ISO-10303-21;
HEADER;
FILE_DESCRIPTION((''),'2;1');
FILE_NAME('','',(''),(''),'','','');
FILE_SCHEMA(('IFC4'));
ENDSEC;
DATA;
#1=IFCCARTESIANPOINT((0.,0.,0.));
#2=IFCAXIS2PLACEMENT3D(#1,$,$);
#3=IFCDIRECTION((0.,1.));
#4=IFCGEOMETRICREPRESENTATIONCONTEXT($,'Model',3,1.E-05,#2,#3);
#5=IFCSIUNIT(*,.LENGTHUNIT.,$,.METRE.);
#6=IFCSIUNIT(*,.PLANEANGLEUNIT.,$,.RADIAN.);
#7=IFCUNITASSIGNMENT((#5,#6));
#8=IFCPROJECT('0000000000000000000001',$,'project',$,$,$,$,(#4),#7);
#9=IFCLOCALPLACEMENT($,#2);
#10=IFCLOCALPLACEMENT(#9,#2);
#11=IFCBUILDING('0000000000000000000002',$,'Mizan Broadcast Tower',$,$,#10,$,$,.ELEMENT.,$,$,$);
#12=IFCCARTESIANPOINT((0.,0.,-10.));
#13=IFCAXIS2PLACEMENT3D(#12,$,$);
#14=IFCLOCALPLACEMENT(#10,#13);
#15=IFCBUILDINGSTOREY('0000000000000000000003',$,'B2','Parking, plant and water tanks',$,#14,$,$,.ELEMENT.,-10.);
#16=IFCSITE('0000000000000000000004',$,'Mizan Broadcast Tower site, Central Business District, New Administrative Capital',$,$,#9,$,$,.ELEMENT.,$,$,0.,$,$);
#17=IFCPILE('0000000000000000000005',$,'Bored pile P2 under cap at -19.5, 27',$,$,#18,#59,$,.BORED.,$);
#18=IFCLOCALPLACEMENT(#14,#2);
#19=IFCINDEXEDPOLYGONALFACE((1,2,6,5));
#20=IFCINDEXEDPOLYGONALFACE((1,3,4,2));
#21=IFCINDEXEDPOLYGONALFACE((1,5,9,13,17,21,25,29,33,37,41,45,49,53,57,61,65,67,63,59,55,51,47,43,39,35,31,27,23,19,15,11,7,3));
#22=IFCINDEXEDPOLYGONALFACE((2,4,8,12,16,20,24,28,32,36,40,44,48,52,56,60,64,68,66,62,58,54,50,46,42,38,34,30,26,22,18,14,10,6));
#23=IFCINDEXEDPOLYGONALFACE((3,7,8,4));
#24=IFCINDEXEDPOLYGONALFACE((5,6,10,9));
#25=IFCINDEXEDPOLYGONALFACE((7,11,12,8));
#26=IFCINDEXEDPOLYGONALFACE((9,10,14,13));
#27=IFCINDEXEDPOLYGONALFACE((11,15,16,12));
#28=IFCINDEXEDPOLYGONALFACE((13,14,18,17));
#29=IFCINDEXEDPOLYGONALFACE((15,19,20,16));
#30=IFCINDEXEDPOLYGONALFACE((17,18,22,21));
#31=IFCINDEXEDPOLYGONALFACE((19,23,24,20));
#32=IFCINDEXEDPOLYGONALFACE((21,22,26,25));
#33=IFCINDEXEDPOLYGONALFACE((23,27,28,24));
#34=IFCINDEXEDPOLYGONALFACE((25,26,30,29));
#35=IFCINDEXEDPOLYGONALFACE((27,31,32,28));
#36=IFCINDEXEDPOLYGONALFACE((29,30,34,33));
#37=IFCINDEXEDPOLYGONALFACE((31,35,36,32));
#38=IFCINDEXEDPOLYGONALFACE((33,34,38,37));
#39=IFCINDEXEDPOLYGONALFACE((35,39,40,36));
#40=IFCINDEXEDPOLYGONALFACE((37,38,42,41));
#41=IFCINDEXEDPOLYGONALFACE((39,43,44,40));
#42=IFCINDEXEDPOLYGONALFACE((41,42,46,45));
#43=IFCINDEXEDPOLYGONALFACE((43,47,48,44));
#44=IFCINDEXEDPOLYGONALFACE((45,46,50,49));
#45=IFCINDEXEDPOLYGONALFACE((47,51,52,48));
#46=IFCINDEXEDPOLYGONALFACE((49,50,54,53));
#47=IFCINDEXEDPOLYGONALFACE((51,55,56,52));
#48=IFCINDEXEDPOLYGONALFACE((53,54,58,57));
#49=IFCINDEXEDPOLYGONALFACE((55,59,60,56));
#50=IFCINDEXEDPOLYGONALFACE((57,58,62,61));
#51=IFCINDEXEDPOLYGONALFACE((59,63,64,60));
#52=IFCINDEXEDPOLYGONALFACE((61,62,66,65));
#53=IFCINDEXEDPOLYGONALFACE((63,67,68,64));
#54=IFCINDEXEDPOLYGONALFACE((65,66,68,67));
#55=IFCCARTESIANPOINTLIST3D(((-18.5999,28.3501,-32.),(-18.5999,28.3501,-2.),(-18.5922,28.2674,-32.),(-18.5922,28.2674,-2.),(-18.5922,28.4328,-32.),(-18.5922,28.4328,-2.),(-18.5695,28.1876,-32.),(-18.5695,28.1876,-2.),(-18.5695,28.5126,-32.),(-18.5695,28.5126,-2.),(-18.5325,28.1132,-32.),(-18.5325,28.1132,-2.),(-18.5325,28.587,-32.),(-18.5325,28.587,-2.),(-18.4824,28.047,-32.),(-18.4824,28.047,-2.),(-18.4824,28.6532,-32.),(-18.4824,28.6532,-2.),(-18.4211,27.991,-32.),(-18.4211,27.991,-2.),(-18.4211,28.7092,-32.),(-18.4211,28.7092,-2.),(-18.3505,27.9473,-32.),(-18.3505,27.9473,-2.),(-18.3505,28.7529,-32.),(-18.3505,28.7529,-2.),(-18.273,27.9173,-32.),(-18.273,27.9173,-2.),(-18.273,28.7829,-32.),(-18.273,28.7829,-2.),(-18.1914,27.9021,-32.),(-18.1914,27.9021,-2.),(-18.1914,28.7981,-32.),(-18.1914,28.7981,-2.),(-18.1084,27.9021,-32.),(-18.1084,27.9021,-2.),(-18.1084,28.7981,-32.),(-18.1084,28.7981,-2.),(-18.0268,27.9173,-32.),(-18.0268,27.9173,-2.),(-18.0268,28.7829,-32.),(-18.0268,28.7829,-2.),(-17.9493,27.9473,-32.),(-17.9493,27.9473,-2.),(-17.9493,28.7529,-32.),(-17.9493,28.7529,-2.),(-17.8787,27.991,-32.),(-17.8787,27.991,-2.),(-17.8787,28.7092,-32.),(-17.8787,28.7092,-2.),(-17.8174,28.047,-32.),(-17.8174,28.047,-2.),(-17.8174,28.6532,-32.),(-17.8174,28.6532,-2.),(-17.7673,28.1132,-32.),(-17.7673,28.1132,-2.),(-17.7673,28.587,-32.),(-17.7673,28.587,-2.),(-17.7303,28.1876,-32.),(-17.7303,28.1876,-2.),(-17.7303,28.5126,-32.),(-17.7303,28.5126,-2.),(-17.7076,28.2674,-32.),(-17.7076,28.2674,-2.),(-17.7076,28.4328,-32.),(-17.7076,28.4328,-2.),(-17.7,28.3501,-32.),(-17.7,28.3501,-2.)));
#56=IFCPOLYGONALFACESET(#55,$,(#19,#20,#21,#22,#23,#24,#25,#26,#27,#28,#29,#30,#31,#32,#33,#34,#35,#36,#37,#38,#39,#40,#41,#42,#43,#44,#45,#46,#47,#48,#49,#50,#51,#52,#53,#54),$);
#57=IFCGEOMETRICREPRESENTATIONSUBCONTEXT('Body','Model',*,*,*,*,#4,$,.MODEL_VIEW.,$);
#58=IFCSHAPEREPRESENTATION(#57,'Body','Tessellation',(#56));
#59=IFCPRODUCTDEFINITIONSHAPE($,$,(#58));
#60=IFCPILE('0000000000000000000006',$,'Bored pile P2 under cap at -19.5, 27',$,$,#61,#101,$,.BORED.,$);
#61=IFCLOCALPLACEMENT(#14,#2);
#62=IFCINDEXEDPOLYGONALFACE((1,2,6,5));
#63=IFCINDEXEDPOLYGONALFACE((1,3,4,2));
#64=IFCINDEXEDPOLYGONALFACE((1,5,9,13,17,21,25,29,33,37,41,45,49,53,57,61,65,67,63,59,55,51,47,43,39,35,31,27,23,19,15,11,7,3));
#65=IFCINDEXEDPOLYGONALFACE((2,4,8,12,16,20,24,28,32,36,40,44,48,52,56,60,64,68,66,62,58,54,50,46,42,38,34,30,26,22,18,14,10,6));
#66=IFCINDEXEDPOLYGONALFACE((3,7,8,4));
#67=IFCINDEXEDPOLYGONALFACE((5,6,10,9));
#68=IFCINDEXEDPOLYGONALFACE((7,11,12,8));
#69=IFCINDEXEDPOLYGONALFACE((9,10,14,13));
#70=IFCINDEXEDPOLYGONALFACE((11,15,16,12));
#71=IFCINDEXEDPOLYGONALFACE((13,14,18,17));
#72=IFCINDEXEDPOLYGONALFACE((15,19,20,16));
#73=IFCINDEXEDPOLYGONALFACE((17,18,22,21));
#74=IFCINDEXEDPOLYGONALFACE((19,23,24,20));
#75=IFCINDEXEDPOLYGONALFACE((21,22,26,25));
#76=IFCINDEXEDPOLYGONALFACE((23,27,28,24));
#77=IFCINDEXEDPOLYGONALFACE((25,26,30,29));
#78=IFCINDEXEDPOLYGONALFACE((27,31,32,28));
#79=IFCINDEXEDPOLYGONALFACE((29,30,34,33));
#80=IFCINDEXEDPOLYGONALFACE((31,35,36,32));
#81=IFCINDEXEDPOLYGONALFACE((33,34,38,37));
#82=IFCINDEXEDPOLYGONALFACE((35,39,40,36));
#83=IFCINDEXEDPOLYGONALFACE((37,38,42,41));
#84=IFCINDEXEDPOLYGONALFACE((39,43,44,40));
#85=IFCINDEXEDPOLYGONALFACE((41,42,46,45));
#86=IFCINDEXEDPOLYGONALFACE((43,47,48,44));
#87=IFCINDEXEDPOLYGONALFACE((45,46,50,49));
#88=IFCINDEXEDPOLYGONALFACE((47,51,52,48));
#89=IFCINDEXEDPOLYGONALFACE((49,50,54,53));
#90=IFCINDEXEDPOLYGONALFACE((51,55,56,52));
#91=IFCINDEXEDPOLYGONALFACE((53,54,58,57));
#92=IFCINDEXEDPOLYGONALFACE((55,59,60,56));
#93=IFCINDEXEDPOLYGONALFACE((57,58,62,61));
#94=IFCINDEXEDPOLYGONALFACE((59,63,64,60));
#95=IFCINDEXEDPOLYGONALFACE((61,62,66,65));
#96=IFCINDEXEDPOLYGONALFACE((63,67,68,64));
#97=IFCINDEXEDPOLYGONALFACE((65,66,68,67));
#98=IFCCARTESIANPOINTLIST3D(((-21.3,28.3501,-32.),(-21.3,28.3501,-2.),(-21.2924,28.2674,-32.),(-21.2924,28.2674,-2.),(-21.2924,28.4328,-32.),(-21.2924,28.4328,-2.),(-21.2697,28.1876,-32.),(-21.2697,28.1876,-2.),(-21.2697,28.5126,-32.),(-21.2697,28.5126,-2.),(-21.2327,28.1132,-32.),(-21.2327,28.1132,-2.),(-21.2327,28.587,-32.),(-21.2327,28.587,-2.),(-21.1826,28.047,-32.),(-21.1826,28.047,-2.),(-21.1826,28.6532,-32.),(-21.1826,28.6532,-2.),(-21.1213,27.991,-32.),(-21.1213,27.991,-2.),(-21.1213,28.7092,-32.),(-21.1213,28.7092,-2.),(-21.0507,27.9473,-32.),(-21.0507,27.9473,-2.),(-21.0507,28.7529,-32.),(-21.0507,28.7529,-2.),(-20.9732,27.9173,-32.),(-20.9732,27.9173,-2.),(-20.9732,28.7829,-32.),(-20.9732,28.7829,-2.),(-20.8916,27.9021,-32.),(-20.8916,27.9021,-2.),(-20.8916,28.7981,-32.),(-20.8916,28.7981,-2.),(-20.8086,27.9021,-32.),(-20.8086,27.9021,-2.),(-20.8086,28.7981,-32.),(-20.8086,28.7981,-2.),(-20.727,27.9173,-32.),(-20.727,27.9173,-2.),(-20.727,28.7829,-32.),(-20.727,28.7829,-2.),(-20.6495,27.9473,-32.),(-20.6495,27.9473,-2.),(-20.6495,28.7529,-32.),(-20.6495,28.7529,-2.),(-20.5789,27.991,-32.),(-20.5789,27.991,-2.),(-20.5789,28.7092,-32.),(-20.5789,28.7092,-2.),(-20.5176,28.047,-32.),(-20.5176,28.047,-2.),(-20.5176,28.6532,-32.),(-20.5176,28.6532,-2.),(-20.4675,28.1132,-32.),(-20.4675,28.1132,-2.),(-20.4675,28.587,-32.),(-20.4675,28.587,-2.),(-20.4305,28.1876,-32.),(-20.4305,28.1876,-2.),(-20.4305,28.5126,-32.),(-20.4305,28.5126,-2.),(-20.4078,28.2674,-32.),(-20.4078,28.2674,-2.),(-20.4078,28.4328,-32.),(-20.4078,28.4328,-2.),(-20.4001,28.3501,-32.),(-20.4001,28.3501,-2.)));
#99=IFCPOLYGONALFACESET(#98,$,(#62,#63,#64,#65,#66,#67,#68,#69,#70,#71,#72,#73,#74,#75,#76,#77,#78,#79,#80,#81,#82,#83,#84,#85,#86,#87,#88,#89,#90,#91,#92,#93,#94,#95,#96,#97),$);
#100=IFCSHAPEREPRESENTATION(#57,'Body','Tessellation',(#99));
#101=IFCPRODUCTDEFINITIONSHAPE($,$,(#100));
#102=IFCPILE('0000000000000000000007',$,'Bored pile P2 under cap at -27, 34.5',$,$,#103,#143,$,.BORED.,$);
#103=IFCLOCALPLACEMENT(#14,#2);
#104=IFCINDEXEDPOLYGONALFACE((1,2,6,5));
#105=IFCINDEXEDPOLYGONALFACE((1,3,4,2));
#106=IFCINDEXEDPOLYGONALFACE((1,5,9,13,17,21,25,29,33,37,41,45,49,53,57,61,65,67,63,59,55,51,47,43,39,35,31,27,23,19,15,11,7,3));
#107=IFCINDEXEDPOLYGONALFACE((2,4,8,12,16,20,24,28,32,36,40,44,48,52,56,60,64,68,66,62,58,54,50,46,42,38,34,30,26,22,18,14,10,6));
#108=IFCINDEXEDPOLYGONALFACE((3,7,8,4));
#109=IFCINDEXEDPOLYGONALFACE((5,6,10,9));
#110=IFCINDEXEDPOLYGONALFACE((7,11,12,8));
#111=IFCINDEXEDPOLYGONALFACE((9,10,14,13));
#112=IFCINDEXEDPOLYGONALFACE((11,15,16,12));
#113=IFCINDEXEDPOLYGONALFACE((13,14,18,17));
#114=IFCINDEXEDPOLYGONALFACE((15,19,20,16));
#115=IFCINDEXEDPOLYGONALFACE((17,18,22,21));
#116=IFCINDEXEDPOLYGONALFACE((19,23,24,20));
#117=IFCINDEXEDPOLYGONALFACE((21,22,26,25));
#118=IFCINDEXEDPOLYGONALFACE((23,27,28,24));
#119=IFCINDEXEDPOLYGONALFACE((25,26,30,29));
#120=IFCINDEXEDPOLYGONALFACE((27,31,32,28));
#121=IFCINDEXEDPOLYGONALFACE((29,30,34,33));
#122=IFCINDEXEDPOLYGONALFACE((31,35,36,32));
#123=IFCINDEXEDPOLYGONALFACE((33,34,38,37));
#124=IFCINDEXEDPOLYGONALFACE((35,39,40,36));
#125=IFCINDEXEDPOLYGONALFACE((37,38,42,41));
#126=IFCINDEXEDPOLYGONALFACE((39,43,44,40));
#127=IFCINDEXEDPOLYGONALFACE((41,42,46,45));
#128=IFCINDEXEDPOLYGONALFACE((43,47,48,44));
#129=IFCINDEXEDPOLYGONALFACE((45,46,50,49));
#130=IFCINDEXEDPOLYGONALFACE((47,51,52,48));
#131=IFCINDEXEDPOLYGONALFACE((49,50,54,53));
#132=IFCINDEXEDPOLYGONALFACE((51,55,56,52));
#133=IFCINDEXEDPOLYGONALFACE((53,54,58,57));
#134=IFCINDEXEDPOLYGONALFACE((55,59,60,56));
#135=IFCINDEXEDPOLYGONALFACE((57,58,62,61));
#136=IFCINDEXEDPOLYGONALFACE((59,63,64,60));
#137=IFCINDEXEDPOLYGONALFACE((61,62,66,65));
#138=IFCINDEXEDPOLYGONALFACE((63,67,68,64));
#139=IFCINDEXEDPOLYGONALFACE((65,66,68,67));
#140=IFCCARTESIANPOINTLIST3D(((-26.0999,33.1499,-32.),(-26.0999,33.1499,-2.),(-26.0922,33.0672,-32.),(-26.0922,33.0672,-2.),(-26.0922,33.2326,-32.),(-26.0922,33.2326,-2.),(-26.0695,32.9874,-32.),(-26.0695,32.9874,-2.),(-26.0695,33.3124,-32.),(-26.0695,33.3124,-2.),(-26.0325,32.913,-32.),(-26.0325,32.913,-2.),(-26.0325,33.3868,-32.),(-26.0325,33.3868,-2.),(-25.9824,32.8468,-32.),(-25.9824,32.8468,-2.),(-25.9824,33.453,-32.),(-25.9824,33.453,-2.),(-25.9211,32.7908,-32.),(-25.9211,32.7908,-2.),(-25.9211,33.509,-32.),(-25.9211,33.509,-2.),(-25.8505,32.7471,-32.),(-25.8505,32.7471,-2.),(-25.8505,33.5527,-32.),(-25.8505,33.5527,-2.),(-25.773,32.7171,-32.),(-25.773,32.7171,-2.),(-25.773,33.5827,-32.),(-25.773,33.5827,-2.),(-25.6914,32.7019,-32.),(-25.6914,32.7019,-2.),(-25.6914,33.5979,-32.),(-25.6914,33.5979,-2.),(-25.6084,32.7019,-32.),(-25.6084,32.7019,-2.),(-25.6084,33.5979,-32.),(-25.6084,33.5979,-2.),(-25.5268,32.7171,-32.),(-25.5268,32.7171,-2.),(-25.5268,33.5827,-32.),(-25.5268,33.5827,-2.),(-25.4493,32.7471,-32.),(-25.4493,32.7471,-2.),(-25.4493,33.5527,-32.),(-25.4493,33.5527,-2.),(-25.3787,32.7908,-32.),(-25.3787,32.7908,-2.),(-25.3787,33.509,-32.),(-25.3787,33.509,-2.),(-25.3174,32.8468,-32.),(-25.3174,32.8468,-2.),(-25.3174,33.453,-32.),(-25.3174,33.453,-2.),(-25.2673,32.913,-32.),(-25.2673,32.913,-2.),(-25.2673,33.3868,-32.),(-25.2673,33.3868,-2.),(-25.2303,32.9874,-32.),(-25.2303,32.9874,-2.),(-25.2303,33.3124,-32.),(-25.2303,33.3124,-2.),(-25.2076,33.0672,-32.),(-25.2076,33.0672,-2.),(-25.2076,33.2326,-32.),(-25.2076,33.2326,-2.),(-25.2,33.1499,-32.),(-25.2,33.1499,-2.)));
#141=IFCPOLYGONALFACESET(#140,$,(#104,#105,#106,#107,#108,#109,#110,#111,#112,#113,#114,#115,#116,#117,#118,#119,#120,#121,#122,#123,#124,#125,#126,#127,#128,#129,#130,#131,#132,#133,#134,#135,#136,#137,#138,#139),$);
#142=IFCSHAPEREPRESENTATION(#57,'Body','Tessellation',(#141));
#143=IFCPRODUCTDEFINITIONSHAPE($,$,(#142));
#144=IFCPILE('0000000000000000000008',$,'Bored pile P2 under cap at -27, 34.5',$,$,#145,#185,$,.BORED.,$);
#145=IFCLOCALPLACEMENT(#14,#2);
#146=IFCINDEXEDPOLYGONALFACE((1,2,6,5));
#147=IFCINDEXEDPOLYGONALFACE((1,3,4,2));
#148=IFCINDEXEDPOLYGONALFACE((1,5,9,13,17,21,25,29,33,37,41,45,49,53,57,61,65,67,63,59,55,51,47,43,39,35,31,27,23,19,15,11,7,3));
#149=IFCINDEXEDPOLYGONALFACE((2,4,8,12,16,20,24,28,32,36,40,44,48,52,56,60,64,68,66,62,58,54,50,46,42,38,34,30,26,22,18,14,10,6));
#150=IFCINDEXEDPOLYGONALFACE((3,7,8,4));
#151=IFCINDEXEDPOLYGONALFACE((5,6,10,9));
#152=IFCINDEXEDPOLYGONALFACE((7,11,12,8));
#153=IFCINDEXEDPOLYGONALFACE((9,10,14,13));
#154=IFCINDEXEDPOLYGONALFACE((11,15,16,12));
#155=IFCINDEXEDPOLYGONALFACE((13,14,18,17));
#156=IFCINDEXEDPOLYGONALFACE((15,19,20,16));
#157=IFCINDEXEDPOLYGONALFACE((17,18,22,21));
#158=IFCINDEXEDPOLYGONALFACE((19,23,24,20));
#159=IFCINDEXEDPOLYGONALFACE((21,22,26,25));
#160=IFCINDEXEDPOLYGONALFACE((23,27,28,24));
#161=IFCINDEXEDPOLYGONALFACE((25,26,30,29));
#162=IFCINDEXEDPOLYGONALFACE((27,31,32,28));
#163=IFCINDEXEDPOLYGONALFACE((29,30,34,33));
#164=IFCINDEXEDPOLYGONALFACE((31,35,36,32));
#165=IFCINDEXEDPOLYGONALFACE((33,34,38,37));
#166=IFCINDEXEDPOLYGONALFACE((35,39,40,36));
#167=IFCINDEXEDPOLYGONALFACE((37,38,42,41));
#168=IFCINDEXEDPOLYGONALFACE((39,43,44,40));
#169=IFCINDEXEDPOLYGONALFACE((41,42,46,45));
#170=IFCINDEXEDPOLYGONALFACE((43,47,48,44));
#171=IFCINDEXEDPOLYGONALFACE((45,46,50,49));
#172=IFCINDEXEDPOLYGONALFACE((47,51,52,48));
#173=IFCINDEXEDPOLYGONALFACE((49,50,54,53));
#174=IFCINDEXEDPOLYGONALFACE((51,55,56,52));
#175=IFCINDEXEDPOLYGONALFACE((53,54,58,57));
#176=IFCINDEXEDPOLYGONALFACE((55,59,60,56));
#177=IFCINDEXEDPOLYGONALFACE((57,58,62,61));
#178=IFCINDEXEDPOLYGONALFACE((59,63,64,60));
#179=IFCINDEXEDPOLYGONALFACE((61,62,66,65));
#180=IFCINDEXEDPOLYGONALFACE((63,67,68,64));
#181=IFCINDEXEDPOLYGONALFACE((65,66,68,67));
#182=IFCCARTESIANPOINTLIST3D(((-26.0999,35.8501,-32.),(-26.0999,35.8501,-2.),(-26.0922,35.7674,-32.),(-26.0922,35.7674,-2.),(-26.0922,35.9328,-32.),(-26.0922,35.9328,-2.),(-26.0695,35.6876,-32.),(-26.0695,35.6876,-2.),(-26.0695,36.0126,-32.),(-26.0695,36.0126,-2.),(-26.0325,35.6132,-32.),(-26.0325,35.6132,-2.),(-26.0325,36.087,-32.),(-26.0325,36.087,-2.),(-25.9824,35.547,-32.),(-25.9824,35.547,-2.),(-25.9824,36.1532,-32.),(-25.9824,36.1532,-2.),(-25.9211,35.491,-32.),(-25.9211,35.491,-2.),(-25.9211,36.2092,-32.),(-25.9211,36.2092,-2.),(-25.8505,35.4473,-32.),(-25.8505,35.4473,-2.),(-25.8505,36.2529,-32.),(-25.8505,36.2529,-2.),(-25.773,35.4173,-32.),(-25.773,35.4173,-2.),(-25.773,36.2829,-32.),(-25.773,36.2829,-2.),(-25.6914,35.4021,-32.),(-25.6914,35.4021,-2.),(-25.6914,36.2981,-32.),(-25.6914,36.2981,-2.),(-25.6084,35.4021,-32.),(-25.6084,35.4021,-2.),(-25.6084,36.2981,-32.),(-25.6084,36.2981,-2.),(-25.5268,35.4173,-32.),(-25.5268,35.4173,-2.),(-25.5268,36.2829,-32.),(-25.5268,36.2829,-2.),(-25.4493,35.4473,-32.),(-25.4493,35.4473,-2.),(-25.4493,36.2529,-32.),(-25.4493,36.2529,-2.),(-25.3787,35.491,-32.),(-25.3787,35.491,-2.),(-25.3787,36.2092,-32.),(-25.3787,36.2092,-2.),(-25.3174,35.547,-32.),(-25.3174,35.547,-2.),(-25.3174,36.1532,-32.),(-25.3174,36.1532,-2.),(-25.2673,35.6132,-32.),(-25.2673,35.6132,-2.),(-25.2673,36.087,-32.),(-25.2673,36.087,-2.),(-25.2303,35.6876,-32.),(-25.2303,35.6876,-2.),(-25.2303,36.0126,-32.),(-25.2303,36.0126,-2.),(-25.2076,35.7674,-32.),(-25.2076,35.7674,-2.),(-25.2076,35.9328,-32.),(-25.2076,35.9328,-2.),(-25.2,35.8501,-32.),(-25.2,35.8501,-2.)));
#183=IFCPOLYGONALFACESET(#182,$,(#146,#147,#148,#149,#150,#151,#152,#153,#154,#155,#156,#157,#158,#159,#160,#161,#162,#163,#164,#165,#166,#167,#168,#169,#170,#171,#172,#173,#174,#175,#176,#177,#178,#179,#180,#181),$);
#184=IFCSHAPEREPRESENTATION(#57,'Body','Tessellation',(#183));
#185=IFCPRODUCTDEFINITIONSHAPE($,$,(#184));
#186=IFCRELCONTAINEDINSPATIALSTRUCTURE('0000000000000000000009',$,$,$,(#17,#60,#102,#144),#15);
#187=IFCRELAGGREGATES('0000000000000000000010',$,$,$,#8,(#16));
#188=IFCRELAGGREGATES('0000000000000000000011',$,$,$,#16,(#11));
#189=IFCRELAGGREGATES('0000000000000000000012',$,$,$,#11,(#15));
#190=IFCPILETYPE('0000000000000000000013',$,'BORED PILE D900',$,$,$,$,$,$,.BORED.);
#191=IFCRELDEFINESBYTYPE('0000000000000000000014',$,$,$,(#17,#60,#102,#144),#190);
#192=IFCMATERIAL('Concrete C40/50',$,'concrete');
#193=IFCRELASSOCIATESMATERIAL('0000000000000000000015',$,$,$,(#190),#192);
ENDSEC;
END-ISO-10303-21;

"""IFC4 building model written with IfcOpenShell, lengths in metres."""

from ifc_helpers import new_model, si_unit, direction, frame, origin, origin_2d, place, context, subcontext, project, spatial, circle, extrude, material, material_profile, profile_set, type_object, element, save


model = new_model("IFC4")

# Units and contexts
model_context = context("Model", 3, precision=1e-05, world=origin(), true_north=direction((0.0, 1.0)))
body_context = subcontext(model_context, "Body", "Model", "MODEL_VIEW")
ifc_project = project(units=[si_unit("LENGTHUNIT", "METRE"), si_unit("PLANEANGLEUNIT", "RADIAN")], contexts=[model_context])

# Site, building, storey
site_placement = place(None, origin())
site = spatial("IfcSite", under=ifc_project, at=site_placement, Name="Mizan Broadcast Tower site, Central Business District, New Administrative Capital", CompositionType="ELEMENT", RefElevation=0.0)
building_placement = place(site_placement, origin())
building = spatial("IfcBuilding", under=site, at=building_placement, Name="Mizan Broadcast Tower", CompositionType="ELEMENT")
storey_placement = place(building_placement, frame((0.0, 0.0, -10.0)))
storey = spatial("IfcBuildingStorey", under=building, at=storey_placement, Name="B2", Description="Parking, plant and water tanks", CompositionType="ELEMENT", Elevation=-10.0)

# Piles
ifc_material_1 = material(Name="Concrete C40/50", Category="concrete")
ifc_material_profile_1 = material_profile(ifc_material_1, circle(Radius=0.45, at=origin_2d()), Name="D900")
ifc_profile_set_1 = profile_set([ifc_material_profile_1], Name="Concrete C40/50")
pile_type = type_object("IfcPileType", Name="BORED PILE D900", PredefinedType="BORED", material=ifc_profile_set_1)
for number, where, z_axis, x_axis, name in (
    (1, (-18.1499, 28.3501, -2.0), (0.0, 0.0, -1.0), (1.0, 0.0, 0.0), "Bored pile P2 under cap at -19.5, 27"),
    (2, (-20.8501, 28.3501, -2.0), (0.0, 0.0, -1.0), (1.0, 0.0, 0.0), "Bored pile P2 under cap at -19.5, 27"),
    (3, (-25.6499, 33.1499, -2.0), (0.0, 0.0, -1.0), (1.0, 0.0, 0.0), "Bored pile P2 under cap at -27, 34.5"),
    (4, (-25.6499, 35.8501, -2.0), (0.0, 0.0, -1.0), (1.0, 0.0, 0.0), "Bored pile P2 under cap at -27, 34.5"),
):
    element("IfcPile", number, at=place(storey_placement, frame(where, z_axis=z_axis, x_axis=x_axis)), inside=storey, type_object=pile_type, Name=name, PredefinedType="BORED", context=body_context, shape_type="SweptSolid", body=[
        extrude(circle(Radius=0.45, at=origin_2d()), origin(), (0.0, 0.0, 1.0), 30.0),
    ])

save(model, "model.ifc")
